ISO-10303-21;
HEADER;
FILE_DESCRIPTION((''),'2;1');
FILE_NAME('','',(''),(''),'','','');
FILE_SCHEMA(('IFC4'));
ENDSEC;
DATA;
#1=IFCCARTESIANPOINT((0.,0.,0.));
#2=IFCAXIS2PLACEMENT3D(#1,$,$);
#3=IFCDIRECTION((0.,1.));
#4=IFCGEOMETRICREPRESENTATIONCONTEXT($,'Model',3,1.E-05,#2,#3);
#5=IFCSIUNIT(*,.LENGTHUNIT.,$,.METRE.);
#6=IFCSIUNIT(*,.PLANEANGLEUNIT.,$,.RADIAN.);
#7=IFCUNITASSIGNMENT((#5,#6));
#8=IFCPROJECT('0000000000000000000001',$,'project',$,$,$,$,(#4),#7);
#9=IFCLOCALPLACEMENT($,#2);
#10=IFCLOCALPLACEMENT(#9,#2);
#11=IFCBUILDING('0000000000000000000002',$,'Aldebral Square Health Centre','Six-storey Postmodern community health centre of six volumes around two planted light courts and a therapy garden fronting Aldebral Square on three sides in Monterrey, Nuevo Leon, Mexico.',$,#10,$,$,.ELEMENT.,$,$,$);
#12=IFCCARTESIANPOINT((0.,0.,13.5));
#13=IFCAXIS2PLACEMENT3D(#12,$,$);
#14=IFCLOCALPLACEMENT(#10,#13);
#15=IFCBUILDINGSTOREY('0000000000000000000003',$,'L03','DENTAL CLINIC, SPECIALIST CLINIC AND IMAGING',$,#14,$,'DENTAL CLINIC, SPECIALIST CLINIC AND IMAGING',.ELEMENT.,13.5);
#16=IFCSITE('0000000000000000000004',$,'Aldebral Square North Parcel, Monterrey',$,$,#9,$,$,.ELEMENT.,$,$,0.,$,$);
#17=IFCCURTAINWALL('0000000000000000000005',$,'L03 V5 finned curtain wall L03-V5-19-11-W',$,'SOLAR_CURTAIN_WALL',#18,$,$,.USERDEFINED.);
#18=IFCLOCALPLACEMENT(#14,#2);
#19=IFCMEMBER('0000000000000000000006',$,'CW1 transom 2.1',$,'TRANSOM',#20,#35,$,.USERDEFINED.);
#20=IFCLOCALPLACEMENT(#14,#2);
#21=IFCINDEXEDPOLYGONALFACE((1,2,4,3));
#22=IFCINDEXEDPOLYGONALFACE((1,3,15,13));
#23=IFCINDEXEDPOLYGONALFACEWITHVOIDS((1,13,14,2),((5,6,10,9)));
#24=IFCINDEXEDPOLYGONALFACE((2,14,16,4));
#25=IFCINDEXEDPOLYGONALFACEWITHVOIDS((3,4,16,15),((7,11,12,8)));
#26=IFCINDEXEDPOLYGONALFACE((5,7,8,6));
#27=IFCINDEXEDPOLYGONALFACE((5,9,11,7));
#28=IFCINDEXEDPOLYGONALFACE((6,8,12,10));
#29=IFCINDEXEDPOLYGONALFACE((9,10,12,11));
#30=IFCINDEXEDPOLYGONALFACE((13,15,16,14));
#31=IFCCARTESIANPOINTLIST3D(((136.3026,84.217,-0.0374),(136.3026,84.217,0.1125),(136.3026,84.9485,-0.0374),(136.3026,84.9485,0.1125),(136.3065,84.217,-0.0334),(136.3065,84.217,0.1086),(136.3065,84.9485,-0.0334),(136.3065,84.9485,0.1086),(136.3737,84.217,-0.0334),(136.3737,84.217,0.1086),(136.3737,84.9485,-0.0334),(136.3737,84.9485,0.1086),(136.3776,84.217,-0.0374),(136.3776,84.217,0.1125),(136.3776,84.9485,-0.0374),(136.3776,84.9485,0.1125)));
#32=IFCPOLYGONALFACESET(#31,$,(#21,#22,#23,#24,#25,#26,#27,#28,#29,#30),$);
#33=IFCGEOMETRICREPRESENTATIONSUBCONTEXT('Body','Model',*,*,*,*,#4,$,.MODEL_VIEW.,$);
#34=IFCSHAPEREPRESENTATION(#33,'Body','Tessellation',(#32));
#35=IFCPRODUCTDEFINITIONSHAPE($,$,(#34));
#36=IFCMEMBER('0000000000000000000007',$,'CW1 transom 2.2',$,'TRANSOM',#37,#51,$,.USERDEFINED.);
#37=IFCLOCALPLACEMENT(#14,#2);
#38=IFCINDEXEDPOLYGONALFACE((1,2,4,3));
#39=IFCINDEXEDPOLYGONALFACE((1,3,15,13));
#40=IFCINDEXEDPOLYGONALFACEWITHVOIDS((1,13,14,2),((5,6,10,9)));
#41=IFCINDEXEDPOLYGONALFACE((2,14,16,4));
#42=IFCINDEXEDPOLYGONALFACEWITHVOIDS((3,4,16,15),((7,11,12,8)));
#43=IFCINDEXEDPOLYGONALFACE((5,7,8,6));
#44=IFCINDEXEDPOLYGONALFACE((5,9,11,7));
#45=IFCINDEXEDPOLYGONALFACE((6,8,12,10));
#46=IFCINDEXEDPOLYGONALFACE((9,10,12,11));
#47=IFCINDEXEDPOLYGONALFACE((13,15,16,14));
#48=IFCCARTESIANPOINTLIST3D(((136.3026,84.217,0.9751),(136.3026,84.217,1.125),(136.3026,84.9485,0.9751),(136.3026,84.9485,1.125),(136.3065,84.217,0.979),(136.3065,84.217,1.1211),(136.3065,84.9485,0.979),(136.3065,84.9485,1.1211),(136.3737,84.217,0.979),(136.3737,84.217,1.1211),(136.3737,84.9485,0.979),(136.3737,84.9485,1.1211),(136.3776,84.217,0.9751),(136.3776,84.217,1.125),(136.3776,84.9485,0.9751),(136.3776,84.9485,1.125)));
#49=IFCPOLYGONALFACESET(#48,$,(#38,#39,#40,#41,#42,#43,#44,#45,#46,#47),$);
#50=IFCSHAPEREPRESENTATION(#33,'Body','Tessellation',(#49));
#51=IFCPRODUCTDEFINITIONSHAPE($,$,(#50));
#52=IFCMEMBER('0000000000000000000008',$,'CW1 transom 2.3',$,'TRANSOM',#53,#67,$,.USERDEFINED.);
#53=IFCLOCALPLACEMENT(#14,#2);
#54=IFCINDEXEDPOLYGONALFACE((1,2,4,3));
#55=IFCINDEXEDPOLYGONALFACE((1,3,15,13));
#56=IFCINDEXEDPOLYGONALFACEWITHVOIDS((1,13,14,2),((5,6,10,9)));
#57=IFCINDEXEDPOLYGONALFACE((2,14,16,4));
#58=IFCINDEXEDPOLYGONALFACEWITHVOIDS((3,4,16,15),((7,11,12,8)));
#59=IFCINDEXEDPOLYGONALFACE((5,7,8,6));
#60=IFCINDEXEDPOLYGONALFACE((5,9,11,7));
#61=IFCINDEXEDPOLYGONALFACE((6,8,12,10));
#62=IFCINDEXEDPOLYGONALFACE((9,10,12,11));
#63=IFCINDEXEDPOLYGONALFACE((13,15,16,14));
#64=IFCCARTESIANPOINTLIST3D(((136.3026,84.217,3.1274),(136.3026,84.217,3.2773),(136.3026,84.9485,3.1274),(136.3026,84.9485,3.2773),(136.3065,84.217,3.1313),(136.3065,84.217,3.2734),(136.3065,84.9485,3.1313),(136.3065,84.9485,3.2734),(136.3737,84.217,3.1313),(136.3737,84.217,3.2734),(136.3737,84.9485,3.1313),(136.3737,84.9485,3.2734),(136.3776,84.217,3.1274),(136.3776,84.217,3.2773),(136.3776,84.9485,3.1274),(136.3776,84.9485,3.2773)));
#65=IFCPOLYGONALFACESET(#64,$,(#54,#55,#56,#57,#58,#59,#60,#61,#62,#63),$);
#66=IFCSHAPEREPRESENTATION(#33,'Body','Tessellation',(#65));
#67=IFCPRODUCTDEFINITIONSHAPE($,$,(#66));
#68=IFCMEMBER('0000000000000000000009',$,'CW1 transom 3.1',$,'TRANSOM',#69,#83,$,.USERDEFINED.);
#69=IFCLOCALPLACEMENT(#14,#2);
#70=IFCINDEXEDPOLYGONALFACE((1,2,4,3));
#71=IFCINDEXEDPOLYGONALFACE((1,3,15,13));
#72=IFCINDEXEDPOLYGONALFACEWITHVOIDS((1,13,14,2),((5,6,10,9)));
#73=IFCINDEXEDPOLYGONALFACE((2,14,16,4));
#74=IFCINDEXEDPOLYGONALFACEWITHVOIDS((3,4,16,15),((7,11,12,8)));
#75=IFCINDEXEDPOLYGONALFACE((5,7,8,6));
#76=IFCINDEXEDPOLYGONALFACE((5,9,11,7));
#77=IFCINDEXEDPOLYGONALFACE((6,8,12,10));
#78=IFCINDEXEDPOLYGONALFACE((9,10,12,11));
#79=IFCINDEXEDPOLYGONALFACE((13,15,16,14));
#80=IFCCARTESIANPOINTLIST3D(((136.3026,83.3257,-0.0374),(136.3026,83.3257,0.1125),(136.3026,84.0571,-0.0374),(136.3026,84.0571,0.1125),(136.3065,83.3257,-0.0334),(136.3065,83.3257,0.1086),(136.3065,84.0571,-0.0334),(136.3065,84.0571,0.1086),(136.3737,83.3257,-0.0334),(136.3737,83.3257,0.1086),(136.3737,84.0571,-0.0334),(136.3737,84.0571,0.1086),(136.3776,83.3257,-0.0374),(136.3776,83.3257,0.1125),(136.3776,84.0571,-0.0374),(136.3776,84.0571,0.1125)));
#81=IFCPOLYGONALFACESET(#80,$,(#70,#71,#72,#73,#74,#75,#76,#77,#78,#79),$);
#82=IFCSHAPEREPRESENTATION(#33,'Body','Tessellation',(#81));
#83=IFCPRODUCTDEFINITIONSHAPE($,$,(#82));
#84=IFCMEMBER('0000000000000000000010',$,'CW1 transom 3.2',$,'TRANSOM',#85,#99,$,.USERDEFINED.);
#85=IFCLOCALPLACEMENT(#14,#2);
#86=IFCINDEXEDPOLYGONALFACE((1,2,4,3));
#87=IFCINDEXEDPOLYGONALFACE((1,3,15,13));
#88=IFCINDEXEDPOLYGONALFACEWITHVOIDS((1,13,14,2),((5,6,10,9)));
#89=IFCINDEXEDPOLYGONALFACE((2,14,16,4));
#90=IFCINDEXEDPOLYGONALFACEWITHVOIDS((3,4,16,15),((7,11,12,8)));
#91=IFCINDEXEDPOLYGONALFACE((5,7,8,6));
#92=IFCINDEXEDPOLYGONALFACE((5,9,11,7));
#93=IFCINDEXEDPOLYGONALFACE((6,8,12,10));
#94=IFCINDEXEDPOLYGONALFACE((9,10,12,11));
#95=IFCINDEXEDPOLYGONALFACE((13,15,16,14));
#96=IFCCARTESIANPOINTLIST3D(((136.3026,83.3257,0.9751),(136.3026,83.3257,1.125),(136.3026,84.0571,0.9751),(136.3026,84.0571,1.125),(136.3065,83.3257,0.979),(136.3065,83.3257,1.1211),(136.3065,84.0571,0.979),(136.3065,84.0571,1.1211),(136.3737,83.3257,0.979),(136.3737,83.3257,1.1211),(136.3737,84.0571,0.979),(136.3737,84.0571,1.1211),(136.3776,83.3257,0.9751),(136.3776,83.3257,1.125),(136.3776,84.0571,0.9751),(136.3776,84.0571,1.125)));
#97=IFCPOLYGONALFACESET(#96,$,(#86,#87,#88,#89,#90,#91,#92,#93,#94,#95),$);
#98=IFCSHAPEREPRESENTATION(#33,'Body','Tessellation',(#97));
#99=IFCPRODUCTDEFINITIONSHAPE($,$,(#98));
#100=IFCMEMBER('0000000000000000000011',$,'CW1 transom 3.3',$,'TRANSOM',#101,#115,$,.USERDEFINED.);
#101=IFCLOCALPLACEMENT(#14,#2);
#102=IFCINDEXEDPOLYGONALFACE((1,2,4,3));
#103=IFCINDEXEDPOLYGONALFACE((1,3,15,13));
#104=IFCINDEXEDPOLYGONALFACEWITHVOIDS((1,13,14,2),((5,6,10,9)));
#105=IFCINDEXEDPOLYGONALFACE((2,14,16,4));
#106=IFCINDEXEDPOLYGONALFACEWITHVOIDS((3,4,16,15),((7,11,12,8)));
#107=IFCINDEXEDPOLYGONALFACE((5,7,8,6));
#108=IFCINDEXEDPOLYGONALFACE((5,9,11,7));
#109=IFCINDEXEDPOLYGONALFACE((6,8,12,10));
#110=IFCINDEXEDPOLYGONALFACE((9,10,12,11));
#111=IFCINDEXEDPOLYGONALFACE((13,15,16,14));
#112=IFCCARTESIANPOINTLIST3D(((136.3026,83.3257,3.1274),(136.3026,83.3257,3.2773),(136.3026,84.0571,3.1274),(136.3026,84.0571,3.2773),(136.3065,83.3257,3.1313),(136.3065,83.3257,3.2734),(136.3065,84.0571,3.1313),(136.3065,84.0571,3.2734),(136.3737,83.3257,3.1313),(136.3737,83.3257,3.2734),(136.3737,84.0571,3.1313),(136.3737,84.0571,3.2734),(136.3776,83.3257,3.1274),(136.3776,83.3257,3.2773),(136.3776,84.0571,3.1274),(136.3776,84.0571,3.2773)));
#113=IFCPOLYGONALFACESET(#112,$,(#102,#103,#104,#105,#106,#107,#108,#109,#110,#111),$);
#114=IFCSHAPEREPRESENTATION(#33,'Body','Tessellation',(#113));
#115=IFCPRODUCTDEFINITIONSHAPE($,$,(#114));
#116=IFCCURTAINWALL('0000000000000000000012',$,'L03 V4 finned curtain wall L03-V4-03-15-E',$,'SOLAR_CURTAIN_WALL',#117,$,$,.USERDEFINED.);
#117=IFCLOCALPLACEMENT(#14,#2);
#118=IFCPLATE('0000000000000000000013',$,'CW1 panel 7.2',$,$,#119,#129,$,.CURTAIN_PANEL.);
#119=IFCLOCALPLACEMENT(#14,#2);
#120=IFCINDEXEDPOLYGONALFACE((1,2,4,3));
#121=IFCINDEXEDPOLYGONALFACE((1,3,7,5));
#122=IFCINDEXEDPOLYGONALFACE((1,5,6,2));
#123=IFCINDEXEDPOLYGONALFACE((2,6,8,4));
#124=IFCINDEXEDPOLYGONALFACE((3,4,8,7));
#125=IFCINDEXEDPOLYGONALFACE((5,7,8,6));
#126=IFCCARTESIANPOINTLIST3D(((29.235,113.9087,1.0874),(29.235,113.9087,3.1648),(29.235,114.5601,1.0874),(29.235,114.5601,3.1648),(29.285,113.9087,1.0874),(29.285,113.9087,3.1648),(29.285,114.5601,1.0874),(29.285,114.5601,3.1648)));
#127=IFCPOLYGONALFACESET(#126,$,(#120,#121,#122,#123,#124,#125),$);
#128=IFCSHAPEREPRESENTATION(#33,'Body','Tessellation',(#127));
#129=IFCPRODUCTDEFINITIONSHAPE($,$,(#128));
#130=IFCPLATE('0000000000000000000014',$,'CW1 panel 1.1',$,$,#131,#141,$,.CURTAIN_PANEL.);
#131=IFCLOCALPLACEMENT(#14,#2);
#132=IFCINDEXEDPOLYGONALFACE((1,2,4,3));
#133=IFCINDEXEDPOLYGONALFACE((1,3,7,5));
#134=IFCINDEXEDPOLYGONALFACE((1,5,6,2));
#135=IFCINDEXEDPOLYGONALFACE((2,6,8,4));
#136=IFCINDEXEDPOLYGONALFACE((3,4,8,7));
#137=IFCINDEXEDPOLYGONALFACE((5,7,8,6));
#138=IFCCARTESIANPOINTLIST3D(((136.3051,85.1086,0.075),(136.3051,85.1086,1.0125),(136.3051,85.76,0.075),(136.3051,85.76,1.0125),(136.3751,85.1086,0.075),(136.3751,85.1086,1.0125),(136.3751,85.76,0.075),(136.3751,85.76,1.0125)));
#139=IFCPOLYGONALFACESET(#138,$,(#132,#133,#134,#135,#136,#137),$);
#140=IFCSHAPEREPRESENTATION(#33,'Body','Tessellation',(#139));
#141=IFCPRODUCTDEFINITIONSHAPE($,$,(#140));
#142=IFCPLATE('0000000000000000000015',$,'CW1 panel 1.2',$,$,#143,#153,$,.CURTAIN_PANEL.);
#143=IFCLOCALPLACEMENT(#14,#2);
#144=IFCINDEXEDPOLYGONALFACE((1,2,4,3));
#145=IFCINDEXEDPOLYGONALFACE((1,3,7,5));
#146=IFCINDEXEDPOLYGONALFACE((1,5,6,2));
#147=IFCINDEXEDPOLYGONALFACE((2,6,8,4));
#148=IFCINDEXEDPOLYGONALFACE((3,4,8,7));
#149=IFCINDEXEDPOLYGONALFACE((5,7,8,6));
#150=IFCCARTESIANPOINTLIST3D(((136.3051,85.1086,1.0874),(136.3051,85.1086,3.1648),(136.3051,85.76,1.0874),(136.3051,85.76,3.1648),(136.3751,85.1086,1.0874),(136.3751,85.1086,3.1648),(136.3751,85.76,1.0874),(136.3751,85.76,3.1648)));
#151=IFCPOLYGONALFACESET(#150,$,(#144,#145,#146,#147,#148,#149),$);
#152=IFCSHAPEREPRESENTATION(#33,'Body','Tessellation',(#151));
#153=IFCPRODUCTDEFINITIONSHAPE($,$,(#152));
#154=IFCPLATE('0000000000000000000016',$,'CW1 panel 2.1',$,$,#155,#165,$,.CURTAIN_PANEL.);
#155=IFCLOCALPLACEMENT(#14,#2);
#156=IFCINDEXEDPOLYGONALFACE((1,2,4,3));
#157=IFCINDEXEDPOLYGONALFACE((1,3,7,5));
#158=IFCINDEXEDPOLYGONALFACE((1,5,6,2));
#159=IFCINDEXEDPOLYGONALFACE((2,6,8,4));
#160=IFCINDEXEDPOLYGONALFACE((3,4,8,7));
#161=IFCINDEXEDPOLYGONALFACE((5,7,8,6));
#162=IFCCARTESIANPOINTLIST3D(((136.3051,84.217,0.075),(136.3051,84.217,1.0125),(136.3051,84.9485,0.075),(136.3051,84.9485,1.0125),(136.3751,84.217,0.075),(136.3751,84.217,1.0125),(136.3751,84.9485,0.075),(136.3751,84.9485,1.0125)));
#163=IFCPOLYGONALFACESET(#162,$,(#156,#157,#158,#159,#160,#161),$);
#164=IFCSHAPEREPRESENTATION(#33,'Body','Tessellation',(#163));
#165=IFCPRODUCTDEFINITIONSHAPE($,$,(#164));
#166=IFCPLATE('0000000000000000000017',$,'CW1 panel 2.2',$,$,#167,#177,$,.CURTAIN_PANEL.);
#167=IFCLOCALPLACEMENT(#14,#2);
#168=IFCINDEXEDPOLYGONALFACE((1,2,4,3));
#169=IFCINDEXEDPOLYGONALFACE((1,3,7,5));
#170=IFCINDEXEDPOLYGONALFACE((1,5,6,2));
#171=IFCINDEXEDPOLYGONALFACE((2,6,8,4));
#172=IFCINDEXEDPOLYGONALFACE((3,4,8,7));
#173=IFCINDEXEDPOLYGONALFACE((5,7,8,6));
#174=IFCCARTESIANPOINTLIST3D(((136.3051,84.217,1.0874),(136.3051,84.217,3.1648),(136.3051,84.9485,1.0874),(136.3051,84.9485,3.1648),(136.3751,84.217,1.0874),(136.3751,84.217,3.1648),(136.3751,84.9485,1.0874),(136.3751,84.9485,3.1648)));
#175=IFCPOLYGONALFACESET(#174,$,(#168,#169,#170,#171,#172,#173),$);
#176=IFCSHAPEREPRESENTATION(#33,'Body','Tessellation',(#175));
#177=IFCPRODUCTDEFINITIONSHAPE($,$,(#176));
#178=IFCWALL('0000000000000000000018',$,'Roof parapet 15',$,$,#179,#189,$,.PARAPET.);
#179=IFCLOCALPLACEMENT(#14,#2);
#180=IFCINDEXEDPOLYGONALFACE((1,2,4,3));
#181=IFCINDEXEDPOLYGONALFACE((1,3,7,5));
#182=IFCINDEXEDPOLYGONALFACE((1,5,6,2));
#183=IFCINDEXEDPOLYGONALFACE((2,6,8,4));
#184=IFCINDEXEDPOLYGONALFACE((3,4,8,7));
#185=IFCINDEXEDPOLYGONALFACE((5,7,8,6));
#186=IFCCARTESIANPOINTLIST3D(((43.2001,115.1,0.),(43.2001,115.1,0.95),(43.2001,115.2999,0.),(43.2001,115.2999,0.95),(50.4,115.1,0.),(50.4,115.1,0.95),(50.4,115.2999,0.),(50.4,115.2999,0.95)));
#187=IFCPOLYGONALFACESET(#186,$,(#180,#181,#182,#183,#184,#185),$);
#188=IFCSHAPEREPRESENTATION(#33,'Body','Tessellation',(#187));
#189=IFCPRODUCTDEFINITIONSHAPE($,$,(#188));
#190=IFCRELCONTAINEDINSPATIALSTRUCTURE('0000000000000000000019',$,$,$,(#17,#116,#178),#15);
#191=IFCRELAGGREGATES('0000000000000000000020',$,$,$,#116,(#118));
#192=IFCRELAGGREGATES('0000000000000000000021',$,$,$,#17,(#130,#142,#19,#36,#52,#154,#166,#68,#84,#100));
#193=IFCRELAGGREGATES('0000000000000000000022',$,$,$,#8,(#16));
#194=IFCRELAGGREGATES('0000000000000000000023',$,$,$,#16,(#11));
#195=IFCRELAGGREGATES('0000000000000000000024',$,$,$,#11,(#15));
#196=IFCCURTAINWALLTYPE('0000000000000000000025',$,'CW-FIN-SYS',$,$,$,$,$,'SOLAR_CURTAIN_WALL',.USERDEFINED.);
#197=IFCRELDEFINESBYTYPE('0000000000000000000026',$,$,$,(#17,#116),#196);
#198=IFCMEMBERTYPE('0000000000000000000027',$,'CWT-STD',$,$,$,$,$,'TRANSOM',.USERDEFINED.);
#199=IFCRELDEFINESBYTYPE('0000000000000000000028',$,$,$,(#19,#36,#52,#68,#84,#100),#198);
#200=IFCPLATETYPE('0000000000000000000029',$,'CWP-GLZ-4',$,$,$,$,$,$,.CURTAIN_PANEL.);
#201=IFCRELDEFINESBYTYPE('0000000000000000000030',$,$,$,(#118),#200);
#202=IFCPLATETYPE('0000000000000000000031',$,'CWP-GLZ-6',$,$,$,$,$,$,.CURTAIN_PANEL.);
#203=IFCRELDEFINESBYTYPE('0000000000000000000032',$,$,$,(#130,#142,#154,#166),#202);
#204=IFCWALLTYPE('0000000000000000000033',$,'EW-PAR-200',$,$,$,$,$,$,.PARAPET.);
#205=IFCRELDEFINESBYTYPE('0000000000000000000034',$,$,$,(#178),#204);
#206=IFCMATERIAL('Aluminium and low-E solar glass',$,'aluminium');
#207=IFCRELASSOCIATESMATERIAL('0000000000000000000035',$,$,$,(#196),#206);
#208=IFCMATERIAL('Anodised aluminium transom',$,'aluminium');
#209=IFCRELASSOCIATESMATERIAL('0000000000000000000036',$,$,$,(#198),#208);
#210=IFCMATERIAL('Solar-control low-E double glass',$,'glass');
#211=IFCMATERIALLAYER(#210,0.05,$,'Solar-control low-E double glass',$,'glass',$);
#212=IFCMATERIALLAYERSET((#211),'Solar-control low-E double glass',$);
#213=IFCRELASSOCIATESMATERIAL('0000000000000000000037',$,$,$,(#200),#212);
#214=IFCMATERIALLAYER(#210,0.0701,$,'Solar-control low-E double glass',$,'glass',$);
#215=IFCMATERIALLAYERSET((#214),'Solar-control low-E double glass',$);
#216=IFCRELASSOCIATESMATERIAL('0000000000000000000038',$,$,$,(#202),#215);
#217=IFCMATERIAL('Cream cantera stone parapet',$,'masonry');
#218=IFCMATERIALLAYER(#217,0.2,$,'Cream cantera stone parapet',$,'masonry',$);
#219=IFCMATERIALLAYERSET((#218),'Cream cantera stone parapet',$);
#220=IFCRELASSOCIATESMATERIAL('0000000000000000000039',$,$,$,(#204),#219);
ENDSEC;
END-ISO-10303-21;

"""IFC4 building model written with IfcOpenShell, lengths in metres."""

from ifc_helpers import new_model, si_unit, direction, frame, frame_2d, origin, origin_2d, place, context, subcontext, project, spatial, rectangle, hollow_rectangle, extrude, material, layer, layer_set, material_profile, profile_set, type_object, element, aggregate, save


model = new_model("IFC4")

# Units and contexts
model_context = context("Model", 3, precision=1e-05, world=origin(), true_north=direction((0.0, 1.0)))
body_context = subcontext(model_context, "Body", "Model", "MODEL_VIEW")
ifc_project = project(units=[si_unit("LENGTHUNIT", "METRE"), si_unit("PLANEANGLEUNIT", "RADIAN")], contexts=[model_context])

# Site, building, storey
site_placement = place(None, origin())
site = spatial("IfcSite", under=ifc_project, at=site_placement, Name="Aldebral Square North Parcel, Monterrey", CompositionType="ELEMENT", RefElevation=0.0)
building_placement = place(site_placement, origin())
building = spatial("IfcBuilding", under=site, at=building_placement, Name="Aldebral Square Health Centre", Description="Six-storey Postmodern community health centre of six volumes around two planted light courts and a therapy garden fronting Aldebral Square on three sides in Monterrey, Nuevo Leon, Mexico.", CompositionType="ELEMENT")
storey_placement = place(building_placement, frame((0.0, 0.0, 13.5)))
storey = spatial("IfcBuildingStorey", under=building, at=storey_placement, Name="L03", Description="DENTAL CLINIC, SPECIALIST CLINIC AND IMAGING", LongName="DENTAL CLINIC, SPECIALIST CLINIC AND IMAGING", CompositionType="ELEMENT", Elevation=13.5)

# Curtain wall, members
ifc_material_1 = material(Name="Aluminium and low-E solar glass", Category="aluminium")
curtain_wall_type = type_object("IfcCurtainWallType", Name="CW-FIN-SYS", ElementType="SOLAR_CURTAIN_WALL", PredefinedType="USERDEFINED", material=ifc_material_1)
curtain_wall_1_placement = place(storey_placement, origin())
curtain_wall_1 = element("IfcCurtainWall", 1, at=curtain_wall_1_placement, inside=storey, type_object=curtain_wall_type, Name="L03 V5 finned curtain wall L03-V5-19-11-W", ObjectType="SOLAR_CURTAIN_WALL", PredefinedType="USERDEFINED")
ifc_material_2 = material(Name="Anodised aluminium transom", Category="aluminium")
ifc_material_profile_1 = material_profile(ifc_material_2, hollow_rectangle(XDim=0.075, YDim=0.1499, WallThickness=0.0039, at=origin_2d()), Name="CWT 75x150x4")
ifc_profile_set_1 = profile_set([ifc_material_profile_1], Name="Anodised aluminium transom")
member_type_1 = type_object("IfcMemberType", Name="CWT-STD", ElementType="TRANSOM", PredefinedType="USERDEFINED", material=ifc_profile_set_1)
member_1_placement = place(storey_placement, frame((136.3401, 84.9485, 0.0376), z_axis=(0.0, -1.0, 0.0), x_axis=(1.0, 0.0, 0.0)))
member_1 = element("IfcMember", 2, at=member_1_placement, type_object=member_type_1, Name="CW1 transom 2.1", ObjectType="TRANSOM", PredefinedType="USERDEFINED", context=body_context, shape_type="SweptSolid", body=[
    extrude(hollow_rectangle(XDim=0.075, YDim=0.1499, WallThickness=0.0039, at=origin_2d()), origin(), (0.0, 0.0, 1.0), 0.7314),
])
member_2_placement = place(storey_placement, frame((136.3401, 84.9485, 1.05), z_axis=(0.0, -1.0, 0.0), x_axis=(1.0, 0.0, 0.0)))
member_2 = element("IfcMember", 3, at=member_2_placement, type_object=member_type_1, Name="CW1 transom 2.2", ObjectType="TRANSOM", PredefinedType="USERDEFINED", context=body_context, shape_type="SweptSolid", body=[
    extrude(hollow_rectangle(XDim=0.075, YDim=0.1499, WallThickness=0.0039, at=origin_2d()), origin(), (0.0, 0.0, 1.0), 0.7314),
])
member_3_placement = place(storey_placement, frame((136.3401, 84.9485, 3.2024), z_axis=(0.0, -1.0, 0.0), x_axis=(1.0, 0.0, 0.0)))
member_3 = element("IfcMember", 4, at=member_3_placement, type_object=member_type_1, Name="CW1 transom 2.3", ObjectType="TRANSOM", PredefinedType="USERDEFINED", context=body_context, shape_type="SweptSolid", body=[
    extrude(hollow_rectangle(XDim=0.075, YDim=0.1499, WallThickness=0.0039, at=origin_2d()), origin(), (0.0, 0.0, 1.0), 0.7314),
])
member_4_placement = place(storey_placement, frame((136.3401, 84.0571, 0.0376), z_axis=(0.0, -1.0, 0.0), x_axis=(1.0, 0.0, 0.0)))
member_4 = element("IfcMember", 5, at=member_4_placement, type_object=member_type_1, Name="CW1 transom 3.1", ObjectType="TRANSOM", PredefinedType="USERDEFINED", context=body_context, shape_type="SweptSolid", body=[
    extrude(hollow_rectangle(XDim=0.075, YDim=0.1499, WallThickness=0.0039, at=origin_2d()), origin(), (0.0, 0.0, 1.0), 0.7314),
])
member_5_placement = place(storey_placement, frame((136.3401, 84.0571, 1.05), z_axis=(0.0, -1.0, 0.0), x_axis=(1.0, 0.0, 0.0)))
member_5 = element("IfcMember", 6, at=member_5_placement, type_object=member_type_1, Name="CW1 transom 3.2", ObjectType="TRANSOM", PredefinedType="USERDEFINED", context=body_context, shape_type="SweptSolid", body=[
    extrude(hollow_rectangle(XDim=0.075, YDim=0.1499, WallThickness=0.0039, at=origin_2d()), origin(), (0.0, 0.0, 1.0), 0.7314),
])
member_6_placement = place(storey_placement, frame((136.3401, 84.0571, 3.2024), z_axis=(0.0, -1.0, 0.0), x_axis=(1.0, 0.0, 0.0)))
member_6 = element("IfcMember", 7, at=member_6_placement, type_object=member_type_1, Name="CW1 transom 3.3", ObjectType="TRANSOM", PredefinedType="USERDEFINED", context=body_context, shape_type="SweptSolid", body=[
    extrude(hollow_rectangle(XDim=0.075, YDim=0.1499, WallThickness=0.0039, at=origin_2d()), origin(), (0.0, 0.0, 1.0), 0.7314),
])

# Curtain wall, plate
curtain_wall_2_placement = place(storey_placement, origin())
curtain_wall_2 = element("IfcCurtainWall", 8, at=curtain_wall_2_placement, inside=storey, type_object=curtain_wall_type, Name="L03 V4 finned curtain wall L03-V4-03-15-E", ObjectType="SOLAR_CURTAIN_WALL", PredefinedType="USERDEFINED")
ifc_material_3 = material(Name="Solar-control low-E double glass", Category="glass")
ifc_layer_1 = layer(ifc_material_3, 0.05, Name="Solar-control low-E double glass", Category="glass")
ifc_layer_set_1 = layer_set([ifc_layer_1], Name="Solar-control low-E double glass")
plate_type_1 = type_object("IfcPlateType", Name="CWP-GLZ-4", PredefinedType="CURTAIN_PANEL", material=ifc_layer_set_1)
plate_1_placement = place(storey_placement, frame((29.26, 114.2344, 1.0874), z_axis=(0.0, 0.0, 1.0), x_axis=(0.0, 1.0, 0.0)))
plate_1 = element("IfcPlate", 9, at=plate_1_placement, type_object=plate_type_1, Name="CW1 panel 7.2", PredefinedType="CURTAIN_PANEL", context=body_context, shape_type="SweptSolid", body=[
    extrude(rectangle(XDim=0.6514, YDim=0.05, at=origin_2d()), origin(), (0.0, 0.0, 1.0), 2.0774),
])
aggregate(curtain_wall_2, [plate_1])

# Plates
ifc_layer_2 = layer(ifc_material_3, 0.0701, Name="Solar-control low-E double glass", Category="glass")
ifc_layer_set_2 = layer_set([ifc_layer_2], Name="Solar-control low-E double glass")
plate_type_2 = type_object("IfcPlateType", Name="CWP-GLZ-6", PredefinedType="CURTAIN_PANEL", material=ifc_layer_set_2)
plate_2_placement = place(storey_placement, frame((136.3401, 85.4343, 0.075), z_axis=(0.0, 0.0, 1.0), x_axis=(0.0, -1.0, 0.0)))
plate_2 = element("IfcPlate", 10, at=plate_2_placement, type_object=plate_type_2, Name="CW1 panel 1.1", PredefinedType="CURTAIN_PANEL", context=body_context, shape_type="SweptSolid", body=[
    extrude(rectangle(XDim=0.6514, YDim=0.0701, at=origin_2d()), origin(), (0.0, 0.0, 1.0), 0.9375),
])
plate_3_placement = place(storey_placement, frame((136.3401, 85.4343, 1.0874), z_axis=(0.0, 0.0, 1.0), x_axis=(0.0, -1.0, 0.0)))
plate_3 = element("IfcPlate", 11, at=plate_3_placement, type_object=plate_type_2, Name="CW1 panel 1.2", PredefinedType="CURTAIN_PANEL", context=body_context, shape_type="SweptSolid", body=[
    extrude(rectangle(XDim=0.6514, YDim=0.0701, at=origin_2d()), origin(), (0.0, 0.0, 1.0), 2.0774),
])
plate_4_placement = place(storey_placement, frame((136.3401, 84.5828, 0.075), z_axis=(0.0, 0.0, 1.0), x_axis=(0.0, -1.0, 0.0)))
plate_4 = element("IfcPlate", 12, at=plate_4_placement, type_object=plate_type_2, Name="CW1 panel 2.1", PredefinedType="CURTAIN_PANEL", context=body_context, shape_type="SweptSolid", body=[
    extrude(rectangle(XDim=0.7314, YDim=0.0701, at=origin_2d()), origin(), (0.0, 0.0, 1.0), 0.9375),
])
plate_5_placement = place(storey_placement, frame((136.3401, 84.5828, 1.0874), z_axis=(0.0, 0.0, 1.0), x_axis=(0.0, -1.0, 0.0)))
plate_5 = element("IfcPlate", 13, at=plate_5_placement, type_object=plate_type_2, Name="CW1 panel 2.2", PredefinedType="CURTAIN_PANEL", context=body_context, shape_type="SweptSolid", body=[
    extrude(rectangle(XDim=0.7314, YDim=0.0701, at=origin_2d()), origin(), (0.0, 0.0, 1.0), 2.0774),
])
aggregate(curtain_wall_1, [plate_2, plate_3, member_1, member_2, member_3, plate_4, plate_5, member_4, member_5, member_6])

# Wall
ifc_material_4 = material(Name="Cream cantera stone parapet", Category="masonry")
ifc_layer_3 = layer(ifc_material_4, 0.2, Name="Cream cantera stone parapet", Category="masonry")
ifc_layer_set_3 = layer_set([ifc_layer_3], Name="Cream cantera stone parapet")
wall_type_1 = type_object("IfcWallType", Name="EW-PAR-200", PredefinedType="PARAPET", material=ifc_layer_set_3)
wall_1_placement = place(storey_placement, frame((43.2, 115.2, 0.0), z_axis=(0.0, 0.0, 1.0), x_axis=(1.0, 0.0, 0.0)))
element("IfcWall", 14, at=wall_1_placement, inside=storey, type_object=wall_type_1, Name="Roof parapet 15", PredefinedType="PARAPET", context=body_context, shape_type="SweptSolid", body=[
    extrude(rectangle(XDim=7.2, YDim=0.2, at=frame_2d((3.6001, 0.0))), origin(), (0.0, 0.0, 1.0), 0.95),
])

save(model, "model.ifc")
